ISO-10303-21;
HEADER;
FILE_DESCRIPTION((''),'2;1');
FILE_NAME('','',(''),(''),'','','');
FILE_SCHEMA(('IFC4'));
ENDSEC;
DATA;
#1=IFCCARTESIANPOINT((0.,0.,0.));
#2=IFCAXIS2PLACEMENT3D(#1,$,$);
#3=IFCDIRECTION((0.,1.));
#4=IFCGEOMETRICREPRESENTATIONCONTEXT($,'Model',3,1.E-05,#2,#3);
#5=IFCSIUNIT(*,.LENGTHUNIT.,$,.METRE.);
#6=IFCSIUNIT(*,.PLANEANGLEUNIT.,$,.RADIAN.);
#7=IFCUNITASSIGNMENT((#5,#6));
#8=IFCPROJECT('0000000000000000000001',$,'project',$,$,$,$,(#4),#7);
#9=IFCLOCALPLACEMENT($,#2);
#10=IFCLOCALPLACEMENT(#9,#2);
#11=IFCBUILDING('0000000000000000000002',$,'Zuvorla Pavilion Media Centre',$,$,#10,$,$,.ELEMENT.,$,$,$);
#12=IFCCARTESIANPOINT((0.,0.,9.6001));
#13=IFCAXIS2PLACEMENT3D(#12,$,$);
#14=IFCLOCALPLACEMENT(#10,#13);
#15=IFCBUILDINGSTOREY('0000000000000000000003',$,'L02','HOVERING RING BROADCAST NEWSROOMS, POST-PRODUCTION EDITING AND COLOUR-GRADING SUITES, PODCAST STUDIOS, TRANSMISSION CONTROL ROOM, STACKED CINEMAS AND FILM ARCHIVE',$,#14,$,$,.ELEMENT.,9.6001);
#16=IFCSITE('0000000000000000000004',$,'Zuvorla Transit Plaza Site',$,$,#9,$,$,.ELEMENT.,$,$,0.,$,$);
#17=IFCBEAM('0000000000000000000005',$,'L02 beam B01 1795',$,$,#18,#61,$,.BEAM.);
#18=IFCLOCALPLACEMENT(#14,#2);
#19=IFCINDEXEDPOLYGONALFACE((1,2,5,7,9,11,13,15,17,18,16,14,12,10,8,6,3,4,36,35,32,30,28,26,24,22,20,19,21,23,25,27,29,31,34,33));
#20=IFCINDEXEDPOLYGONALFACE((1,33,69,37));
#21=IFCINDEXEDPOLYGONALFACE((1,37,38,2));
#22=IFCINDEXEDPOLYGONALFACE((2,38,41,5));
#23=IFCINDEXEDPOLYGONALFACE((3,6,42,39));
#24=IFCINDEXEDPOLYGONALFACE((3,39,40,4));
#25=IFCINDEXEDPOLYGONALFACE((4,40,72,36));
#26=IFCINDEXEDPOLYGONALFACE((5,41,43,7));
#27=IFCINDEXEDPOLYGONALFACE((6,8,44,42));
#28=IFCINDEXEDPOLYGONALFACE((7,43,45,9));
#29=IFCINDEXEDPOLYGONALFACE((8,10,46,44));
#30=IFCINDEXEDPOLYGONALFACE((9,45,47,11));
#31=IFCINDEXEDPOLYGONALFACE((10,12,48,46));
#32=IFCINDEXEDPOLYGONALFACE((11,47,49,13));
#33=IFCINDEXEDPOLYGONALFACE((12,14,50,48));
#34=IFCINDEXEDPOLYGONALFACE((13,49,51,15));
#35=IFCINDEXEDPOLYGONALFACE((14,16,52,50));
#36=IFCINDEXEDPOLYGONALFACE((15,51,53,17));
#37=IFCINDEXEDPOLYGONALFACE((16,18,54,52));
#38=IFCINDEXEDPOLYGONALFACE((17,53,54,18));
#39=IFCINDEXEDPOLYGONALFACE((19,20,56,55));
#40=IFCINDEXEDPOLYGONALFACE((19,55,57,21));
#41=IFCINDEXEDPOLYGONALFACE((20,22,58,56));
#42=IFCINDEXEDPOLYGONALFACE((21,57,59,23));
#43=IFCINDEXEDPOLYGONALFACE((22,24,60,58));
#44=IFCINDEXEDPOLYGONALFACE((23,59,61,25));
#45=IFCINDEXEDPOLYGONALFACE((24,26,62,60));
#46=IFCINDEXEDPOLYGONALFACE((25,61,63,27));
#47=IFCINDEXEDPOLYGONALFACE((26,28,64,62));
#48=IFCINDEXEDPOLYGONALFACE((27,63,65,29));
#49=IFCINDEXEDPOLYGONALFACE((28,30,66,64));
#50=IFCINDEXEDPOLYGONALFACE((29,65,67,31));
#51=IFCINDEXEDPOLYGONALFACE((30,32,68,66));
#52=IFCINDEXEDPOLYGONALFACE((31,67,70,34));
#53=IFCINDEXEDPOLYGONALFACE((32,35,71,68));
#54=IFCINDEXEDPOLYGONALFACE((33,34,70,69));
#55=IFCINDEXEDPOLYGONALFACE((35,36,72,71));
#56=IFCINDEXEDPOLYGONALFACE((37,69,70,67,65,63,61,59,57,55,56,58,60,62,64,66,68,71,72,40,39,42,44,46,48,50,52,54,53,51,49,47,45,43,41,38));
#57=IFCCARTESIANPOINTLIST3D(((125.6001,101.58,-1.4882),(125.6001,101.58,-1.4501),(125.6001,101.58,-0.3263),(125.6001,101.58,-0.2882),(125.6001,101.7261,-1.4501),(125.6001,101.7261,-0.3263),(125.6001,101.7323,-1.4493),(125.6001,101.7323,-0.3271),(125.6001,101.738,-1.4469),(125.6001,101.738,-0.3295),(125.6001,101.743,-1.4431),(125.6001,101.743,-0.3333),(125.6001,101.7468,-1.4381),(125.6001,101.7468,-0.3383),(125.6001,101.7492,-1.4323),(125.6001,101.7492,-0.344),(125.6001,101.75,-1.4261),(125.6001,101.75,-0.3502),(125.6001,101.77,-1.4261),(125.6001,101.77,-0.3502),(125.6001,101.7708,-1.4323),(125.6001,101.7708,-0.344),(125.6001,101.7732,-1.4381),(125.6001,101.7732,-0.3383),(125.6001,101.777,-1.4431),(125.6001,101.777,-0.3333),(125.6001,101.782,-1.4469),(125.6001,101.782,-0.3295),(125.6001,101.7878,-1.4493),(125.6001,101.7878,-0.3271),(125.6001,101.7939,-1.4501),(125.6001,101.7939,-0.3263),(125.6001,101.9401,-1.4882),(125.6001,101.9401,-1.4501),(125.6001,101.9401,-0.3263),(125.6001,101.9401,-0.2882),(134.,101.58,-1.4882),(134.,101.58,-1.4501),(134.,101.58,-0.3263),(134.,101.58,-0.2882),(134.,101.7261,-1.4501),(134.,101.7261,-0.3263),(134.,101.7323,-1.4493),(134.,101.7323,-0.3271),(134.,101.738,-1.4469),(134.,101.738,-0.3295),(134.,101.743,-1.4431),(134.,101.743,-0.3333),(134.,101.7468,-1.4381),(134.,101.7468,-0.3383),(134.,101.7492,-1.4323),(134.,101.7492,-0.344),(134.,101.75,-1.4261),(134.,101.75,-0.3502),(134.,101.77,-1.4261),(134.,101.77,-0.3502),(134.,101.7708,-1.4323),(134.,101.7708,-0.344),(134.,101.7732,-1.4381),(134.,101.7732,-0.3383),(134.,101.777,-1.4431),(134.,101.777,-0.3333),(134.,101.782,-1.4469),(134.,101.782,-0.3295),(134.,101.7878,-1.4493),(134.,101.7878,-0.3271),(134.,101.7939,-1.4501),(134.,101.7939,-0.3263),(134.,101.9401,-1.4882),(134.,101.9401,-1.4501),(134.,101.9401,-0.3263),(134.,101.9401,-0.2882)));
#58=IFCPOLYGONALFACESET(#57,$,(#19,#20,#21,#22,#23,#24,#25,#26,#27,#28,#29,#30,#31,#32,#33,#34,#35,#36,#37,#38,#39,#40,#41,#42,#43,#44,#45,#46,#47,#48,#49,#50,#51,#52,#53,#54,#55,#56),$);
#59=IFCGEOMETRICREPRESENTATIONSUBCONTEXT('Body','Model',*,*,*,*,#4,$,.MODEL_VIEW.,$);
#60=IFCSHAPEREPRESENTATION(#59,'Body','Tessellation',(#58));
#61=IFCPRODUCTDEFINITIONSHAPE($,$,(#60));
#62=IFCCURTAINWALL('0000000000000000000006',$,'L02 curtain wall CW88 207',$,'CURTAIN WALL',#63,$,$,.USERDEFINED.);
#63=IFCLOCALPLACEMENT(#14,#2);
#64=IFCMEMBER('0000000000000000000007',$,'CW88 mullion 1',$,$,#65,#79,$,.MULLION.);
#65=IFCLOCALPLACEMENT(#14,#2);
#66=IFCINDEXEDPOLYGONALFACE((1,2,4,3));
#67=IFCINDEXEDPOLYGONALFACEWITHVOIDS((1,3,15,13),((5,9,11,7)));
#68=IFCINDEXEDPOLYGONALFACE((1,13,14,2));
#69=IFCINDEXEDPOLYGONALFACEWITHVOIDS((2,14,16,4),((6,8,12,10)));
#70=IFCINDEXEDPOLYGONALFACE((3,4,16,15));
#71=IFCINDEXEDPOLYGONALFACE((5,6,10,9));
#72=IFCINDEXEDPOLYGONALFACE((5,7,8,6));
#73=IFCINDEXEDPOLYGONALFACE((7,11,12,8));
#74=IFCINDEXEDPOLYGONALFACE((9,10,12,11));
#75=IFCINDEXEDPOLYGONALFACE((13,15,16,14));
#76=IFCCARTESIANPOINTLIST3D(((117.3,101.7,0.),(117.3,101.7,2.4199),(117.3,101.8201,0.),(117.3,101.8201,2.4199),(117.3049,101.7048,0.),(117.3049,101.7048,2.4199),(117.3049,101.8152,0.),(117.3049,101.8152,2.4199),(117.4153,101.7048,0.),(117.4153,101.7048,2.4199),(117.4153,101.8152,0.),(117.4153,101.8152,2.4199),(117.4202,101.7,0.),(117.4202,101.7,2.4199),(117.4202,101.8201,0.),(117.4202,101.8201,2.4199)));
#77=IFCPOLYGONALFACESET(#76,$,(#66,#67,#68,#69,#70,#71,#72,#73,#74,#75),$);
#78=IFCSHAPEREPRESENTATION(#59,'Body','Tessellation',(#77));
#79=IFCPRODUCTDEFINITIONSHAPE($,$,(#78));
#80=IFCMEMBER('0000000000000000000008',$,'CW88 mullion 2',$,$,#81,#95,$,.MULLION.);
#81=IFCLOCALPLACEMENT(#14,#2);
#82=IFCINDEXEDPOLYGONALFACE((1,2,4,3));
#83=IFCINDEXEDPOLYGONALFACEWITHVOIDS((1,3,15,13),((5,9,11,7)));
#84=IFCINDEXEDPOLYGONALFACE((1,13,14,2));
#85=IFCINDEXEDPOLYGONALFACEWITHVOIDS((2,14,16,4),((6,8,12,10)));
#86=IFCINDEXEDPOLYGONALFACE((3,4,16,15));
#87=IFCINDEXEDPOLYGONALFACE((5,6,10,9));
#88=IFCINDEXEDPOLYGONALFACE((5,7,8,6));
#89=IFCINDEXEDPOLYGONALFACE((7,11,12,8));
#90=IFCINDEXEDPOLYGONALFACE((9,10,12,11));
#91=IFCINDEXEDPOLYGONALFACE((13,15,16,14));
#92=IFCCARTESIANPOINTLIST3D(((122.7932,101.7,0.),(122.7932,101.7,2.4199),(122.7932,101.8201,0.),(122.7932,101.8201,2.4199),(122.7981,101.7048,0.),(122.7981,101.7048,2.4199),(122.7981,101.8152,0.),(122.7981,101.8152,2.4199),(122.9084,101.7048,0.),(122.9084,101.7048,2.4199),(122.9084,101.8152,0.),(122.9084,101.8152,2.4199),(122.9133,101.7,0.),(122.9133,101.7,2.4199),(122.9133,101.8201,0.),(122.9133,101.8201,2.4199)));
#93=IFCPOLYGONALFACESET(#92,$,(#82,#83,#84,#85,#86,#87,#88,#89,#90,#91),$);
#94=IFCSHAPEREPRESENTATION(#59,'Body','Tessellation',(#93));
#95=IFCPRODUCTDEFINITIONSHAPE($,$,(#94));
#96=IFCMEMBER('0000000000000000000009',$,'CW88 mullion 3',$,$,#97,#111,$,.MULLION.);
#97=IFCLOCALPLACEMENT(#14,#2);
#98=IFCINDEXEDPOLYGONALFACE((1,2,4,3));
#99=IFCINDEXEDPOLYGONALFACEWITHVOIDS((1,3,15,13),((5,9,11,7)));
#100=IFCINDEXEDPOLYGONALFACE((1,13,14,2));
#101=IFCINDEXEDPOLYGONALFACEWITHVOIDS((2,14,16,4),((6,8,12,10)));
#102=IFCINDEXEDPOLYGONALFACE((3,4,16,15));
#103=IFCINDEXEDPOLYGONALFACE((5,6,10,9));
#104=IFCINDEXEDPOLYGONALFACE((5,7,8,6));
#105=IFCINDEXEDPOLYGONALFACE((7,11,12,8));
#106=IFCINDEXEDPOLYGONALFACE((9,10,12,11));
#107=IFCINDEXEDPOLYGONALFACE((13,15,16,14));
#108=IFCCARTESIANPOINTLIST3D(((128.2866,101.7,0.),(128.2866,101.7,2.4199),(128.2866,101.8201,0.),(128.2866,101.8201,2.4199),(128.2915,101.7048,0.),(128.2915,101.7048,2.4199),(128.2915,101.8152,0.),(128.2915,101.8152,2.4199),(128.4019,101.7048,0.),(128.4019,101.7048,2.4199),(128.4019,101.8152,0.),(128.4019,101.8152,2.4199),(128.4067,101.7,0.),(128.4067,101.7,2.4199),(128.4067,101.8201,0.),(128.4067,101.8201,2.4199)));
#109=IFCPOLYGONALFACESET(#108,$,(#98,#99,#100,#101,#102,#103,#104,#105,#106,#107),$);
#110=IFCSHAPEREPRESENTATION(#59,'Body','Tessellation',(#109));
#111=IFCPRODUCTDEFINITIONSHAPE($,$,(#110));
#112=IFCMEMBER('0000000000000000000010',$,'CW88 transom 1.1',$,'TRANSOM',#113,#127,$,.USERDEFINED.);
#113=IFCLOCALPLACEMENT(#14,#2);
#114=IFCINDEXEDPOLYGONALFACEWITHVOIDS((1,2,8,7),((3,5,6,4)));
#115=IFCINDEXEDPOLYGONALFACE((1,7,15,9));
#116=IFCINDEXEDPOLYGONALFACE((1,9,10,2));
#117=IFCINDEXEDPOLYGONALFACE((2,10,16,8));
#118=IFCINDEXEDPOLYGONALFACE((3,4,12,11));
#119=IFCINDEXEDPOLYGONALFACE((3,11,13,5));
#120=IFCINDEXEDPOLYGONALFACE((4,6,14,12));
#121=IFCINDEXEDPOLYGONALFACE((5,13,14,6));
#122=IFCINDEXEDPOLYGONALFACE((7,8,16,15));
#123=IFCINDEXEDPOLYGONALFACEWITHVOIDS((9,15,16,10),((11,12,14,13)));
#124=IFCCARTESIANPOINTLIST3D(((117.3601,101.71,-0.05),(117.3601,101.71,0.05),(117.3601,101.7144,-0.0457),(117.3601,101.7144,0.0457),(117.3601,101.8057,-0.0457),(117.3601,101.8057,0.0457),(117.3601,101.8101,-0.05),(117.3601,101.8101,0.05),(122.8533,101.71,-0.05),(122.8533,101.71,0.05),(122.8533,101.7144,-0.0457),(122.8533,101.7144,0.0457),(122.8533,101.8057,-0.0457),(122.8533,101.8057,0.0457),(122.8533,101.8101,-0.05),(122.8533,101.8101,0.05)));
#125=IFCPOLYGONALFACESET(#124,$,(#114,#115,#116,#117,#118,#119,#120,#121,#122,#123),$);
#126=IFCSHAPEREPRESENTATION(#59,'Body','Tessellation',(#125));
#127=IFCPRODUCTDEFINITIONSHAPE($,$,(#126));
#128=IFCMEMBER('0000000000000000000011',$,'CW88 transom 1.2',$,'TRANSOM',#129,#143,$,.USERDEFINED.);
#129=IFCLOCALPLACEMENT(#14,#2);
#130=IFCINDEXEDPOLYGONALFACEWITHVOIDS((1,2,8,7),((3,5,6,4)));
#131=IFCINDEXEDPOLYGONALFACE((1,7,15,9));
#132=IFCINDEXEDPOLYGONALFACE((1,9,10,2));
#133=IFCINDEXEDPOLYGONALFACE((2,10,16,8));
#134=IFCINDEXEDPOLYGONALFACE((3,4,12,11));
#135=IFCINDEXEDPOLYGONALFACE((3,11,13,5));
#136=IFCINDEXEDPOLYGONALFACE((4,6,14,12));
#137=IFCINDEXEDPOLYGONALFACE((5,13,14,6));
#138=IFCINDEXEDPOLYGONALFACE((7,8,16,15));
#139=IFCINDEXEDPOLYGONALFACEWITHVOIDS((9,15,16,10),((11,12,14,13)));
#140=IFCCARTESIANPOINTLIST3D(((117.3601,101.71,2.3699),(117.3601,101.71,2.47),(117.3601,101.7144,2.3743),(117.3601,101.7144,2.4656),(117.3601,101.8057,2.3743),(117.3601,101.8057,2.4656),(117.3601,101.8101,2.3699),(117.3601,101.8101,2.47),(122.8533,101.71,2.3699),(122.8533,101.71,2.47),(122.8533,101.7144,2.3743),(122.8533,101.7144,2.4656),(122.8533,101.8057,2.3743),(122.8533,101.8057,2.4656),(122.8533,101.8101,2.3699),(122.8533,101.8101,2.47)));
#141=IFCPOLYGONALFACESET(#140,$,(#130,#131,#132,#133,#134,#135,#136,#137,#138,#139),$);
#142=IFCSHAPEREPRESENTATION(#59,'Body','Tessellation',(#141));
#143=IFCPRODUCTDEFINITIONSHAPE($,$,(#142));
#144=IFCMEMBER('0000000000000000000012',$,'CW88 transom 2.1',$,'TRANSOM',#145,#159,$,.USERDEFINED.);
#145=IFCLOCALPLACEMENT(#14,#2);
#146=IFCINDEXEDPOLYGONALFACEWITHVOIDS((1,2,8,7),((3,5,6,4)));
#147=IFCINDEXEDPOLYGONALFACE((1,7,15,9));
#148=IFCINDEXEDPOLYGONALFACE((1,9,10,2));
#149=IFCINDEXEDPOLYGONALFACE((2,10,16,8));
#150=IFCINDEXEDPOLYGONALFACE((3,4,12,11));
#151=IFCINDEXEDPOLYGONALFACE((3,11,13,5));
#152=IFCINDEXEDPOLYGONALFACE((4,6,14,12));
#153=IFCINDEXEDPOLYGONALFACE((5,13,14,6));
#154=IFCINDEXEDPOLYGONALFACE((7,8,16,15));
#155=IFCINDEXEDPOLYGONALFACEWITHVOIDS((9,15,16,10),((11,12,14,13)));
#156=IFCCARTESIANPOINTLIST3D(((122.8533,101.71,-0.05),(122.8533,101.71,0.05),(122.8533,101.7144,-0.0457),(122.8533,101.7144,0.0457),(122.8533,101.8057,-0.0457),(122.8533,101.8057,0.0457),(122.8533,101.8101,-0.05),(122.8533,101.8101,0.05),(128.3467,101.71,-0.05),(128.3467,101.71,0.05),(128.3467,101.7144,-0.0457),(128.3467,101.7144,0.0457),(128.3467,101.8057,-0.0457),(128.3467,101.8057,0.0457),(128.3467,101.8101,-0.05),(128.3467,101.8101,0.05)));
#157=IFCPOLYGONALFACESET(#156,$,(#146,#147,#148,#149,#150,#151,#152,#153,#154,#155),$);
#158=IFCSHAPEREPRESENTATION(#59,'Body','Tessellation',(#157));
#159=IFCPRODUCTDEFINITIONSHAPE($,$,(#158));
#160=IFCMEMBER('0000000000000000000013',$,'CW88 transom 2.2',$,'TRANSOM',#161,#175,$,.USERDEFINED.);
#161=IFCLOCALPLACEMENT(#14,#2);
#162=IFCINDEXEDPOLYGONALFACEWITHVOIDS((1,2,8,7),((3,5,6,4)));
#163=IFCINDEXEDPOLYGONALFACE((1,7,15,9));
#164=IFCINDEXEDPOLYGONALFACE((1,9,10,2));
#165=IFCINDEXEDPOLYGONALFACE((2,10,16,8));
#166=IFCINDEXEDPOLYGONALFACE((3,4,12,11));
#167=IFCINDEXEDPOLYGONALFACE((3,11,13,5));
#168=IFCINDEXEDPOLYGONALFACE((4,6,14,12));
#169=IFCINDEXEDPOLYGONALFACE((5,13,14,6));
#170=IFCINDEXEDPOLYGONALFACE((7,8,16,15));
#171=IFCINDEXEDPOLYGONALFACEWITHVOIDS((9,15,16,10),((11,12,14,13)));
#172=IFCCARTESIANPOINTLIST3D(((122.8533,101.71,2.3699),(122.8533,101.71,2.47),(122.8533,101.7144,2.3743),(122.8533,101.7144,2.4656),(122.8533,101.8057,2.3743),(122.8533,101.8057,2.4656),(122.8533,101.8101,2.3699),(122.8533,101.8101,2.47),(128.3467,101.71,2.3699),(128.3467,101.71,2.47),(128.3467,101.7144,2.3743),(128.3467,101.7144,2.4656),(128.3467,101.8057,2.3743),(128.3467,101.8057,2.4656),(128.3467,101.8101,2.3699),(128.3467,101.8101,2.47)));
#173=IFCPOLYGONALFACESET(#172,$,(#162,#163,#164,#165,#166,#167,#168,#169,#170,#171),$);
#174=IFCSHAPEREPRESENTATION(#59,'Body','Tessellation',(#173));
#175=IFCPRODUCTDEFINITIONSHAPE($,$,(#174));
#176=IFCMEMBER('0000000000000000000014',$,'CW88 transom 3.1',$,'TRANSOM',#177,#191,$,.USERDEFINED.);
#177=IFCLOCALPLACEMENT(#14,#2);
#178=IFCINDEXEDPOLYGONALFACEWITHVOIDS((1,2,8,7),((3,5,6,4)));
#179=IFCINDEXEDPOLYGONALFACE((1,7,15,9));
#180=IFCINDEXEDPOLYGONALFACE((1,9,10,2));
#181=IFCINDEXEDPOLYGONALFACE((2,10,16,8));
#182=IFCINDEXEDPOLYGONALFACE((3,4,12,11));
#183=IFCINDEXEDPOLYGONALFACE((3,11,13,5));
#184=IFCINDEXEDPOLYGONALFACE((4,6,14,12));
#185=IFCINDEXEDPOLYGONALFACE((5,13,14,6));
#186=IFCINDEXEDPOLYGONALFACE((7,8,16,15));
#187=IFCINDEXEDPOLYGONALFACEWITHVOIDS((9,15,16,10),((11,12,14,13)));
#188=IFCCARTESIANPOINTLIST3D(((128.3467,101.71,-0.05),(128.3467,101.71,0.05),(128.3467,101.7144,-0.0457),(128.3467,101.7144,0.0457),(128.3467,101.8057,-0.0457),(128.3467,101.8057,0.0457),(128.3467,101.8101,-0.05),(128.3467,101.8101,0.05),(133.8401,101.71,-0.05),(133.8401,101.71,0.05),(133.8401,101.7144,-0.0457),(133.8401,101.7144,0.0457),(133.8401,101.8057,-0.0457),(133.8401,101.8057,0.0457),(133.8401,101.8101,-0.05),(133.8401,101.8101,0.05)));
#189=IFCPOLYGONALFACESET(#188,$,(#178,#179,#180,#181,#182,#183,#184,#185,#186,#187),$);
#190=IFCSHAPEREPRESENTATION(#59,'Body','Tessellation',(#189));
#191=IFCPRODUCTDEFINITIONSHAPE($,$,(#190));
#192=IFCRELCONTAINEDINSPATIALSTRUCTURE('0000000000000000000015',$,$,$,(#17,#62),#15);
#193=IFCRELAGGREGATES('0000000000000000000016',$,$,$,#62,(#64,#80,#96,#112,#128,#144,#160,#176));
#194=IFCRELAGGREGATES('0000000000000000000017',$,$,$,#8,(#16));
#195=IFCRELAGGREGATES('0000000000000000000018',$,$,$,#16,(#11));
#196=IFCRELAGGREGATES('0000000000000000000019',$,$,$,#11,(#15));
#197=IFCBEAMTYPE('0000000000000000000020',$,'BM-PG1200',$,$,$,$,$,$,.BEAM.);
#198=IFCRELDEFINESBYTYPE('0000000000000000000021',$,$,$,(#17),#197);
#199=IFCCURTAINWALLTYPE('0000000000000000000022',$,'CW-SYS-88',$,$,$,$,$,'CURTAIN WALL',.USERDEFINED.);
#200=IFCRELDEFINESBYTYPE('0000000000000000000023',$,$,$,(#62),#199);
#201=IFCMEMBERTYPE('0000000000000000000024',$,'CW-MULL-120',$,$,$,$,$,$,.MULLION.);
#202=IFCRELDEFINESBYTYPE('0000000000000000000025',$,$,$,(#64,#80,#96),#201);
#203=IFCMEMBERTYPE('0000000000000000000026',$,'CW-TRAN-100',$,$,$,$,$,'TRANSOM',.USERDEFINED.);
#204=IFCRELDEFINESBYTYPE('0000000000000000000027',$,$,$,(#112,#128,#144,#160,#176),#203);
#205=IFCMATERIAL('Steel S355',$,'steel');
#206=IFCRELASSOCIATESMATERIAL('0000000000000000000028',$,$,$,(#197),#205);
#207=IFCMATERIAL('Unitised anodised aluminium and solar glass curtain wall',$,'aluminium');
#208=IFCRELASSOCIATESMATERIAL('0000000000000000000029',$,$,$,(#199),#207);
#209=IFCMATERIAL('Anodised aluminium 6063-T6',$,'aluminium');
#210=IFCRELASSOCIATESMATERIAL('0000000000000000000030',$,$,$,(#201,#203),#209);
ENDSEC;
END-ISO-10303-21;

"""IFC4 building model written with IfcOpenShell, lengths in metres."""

from ifc_helpers import new_model, si_unit, direction, frame, origin, origin_2d, place, context, subcontext, project, spatial, hollow_rectangle, i_section, extrude, material, material_profile, profile_set, type_object, element, aggregate, save


model = new_model("IFC4")

# Units and contexts
model_context = context("Model", 3, precision=1e-05, world=origin(), true_north=direction((0.0, 1.0)))
body_context = subcontext(model_context, "Body", "Model", "MODEL_VIEW")
ifc_project = project(units=[si_unit("LENGTHUNIT", "METRE"), si_unit("PLANEANGLEUNIT", "RADIAN")], contexts=[model_context])

# Site, building, storey
site_placement = place(None, origin())
site = spatial("IfcSite", under=ifc_project, at=site_placement, Name="Zuvorla Transit Plaza Site", CompositionType="ELEMENT", RefElevation=0.0)
building_placement = place(site_placement, origin())
building = spatial("IfcBuilding", under=site, at=building_placement, Name="Zuvorla Pavilion Media Centre", CompositionType="ELEMENT")
storey_placement = place(building_placement, frame((0.0, 0.0, 9.6001)))
storey = spatial("IfcBuildingStorey", under=building, at=storey_placement, Name="L02", Description="HOVERING RING BROADCAST NEWSROOMS, POST-PRODUCTION EDITING AND COLOUR-GRADING SUITES, PODCAST STUDIOS, TRANSMISSION CONTROL ROOM, STACKED CINEMAS AND FILM ARCHIVE", CompositionType="ELEMENT", Elevation=9.6001)

# Beam
ifc_material_1 = material(Name="Steel S355", Category="steel")
ifc_material_profile_1 = material_profile(ifc_material_1, i_section(OverallWidth=0.3601, OverallDepth=1.2, WebThickness=0.02, FlangeThickness=0.0381, FilletRadius=0.0239, at=origin_2d()), Name="PG 1200x360x38")
ifc_profile_set_1 = profile_set([ifc_material_profile_1], Name="Steel S355")
beam_type = type_object("IfcBeamType", Name="BM-PG1200", PredefinedType="BEAM", material=ifc_profile_set_1)
beam_placement = place(storey_placement, frame((125.6001, 101.76, -0.8882), z_axis=(1.0, 0.0, 0.0), x_axis=(0.0, 1.0, 0.0)))
element("IfcBeam", 1, at=beam_placement, inside=storey, type_object=beam_type, Name="L02 beam B01 1795", PredefinedType="BEAM", context=body_context, shape_type="SweptSolid", body=[
    extrude(i_section(OverallWidth=0.3601, OverallDepth=1.2, WebThickness=0.02, FlangeThickness=0.0381, FilletRadius=0.0239, at=origin_2d()), origin(), (0.0, 0.0, 1.0), 8.3999),
])

# Curtain wall, members
ifc_material_2 = material(Name="Unitised anodised aluminium and solar glass curtain wall", Category="aluminium")
curtain_wall_type = type_object("IfcCurtainWallType", Name="CW-SYS-88", ElementType="CURTAIN WALL", PredefinedType="USERDEFINED", material=ifc_material_2)
curtain_wall_placement = place(storey_placement, origin())
curtain_wall = element("IfcCurtainWall", 2, at=curtain_wall_placement, inside=storey, type_object=curtain_wall_type, Name="L02 curtain wall CW88 207", ObjectType="CURTAIN WALL", PredefinedType="USERDEFINED")
ifc_material_3 = material(Name="Anodised aluminium 6063-T6", Category="aluminium")
ifc_material_profile_2 = material_profile(ifc_material_3, hollow_rectangle(XDim=0.1201, YDim=0.1201, WallThickness=0.0049, at=origin_2d()), Name="ALU MULL 120x120")
ifc_profile_set_2 = profile_set([ifc_material_profile_2], Name="Anodised aluminium 6063-T6")
member_type_1 = type_object("IfcMemberType", Name="CW-MULL-120", PredefinedType="MULLION", material=ifc_profile_set_2)
member_1_placement = place(storey_placement, frame((117.3601, 101.76, 0.0), z_axis=(0.0, 0.0, 1.0), x_axis=(1.0, 0.0, 0.0)))
member_1 = element("IfcMember", 3, at=member_1_placement, type_object=member_type_1, Name="CW88 mullion 1", PredefinedType="MULLION", context=body_context, shape_type="SweptSolid", body=[
    extrude(hollow_rectangle(XDim=0.1201, YDim=0.1201, WallThickness=0.0049, at=origin_2d()), origin(), (0.0, 0.0, 1.0), 2.4199),
])
member_2_placement = place(storey_placement, frame((122.8533, 101.76, 0.0), z_axis=(0.0, 0.0, 1.0), x_axis=(1.0, 0.0, 0.0)))
member_2 = element("IfcMember", 4, at=member_2_placement, type_object=member_type_1, Name="CW88 mullion 2", PredefinedType="MULLION", context=body_context, shape_type="SweptSolid", body=[
    extrude(hollow_rectangle(XDim=0.1201, YDim=0.1201, WallThickness=0.0049, at=origin_2d()), origin(), (0.0, 0.0, 1.0), 2.4199),
])
member_3_placement = place(storey_placement, frame((128.3467, 101.76, 0.0), z_axis=(0.0, 0.0, 1.0), x_axis=(1.0, 0.0, 0.0)))
member_3 = element("IfcMember", 5, at=member_3_placement, type_object=member_type_1, Name="CW88 mullion 3", PredefinedType="MULLION", context=body_context, shape_type="SweptSolid", body=[
    extrude(hollow_rectangle(XDim=0.1201, YDim=0.1201, WallThickness=0.0049, at=origin_2d()), origin(), (0.0, 0.0, 1.0), 2.4199),
])
ifc_material_profile_3 = material_profile(ifc_material_3, hollow_rectangle(XDim=0.1001, YDim=0.1001, WallThickness=0.0044, at=origin_2d()), Name="ALU TRAN 100x100")
ifc_profile_set_3 = profile_set([ifc_material_profile_3], Name="Anodised aluminium 6063-T6")
member_type_2 = type_object("IfcMemberType", Name="CW-TRAN-100", ElementType="TRANSOM", PredefinedType="USERDEFINED", material=ifc_profile_set_3)
member_4_placement = place(storey_placement, frame((117.3601, 101.76, 0.0), z_axis=(1.0, 0.0, 0.0), x_axis=(0.0, 1.0, 0.0)))
member_4 = element("IfcMember", 6, at=member_4_placement, type_object=member_type_2, Name="CW88 transom 1.1", ObjectType="TRANSOM", PredefinedType="USERDEFINED", context=body_context, shape_type="SweptSolid", body=[
    extrude(hollow_rectangle(XDim=0.1001, YDim=0.1001, WallThickness=0.0044, at=origin_2d()), origin(), (0.0, 0.0, 1.0), 5.4932),
])
member_5_placement = place(storey_placement, frame((117.3601, 101.76, 2.4199), z_axis=(1.0, 0.0, 0.0), x_axis=(0.0, 1.0, 0.0)))
member_5 = element("IfcMember", 7, at=member_5_placement, type_object=member_type_2, Name="CW88 transom 1.2", ObjectType="TRANSOM", PredefinedType="USERDEFINED", context=body_context, shape_type="SweptSolid", body=[
    extrude(hollow_rectangle(XDim=0.1001, YDim=0.1001, WallThickness=0.0044, at=origin_2d()), origin(), (0.0, 0.0, 1.0), 5.4932),
])
member_6_placement = place(storey_placement, frame((122.8533, 101.76, 0.0), z_axis=(1.0, 0.0, 0.0), x_axis=(0.0, 1.0, 0.0)))
member_6 = element("IfcMember", 8, at=member_6_placement, type_object=member_type_2, Name="CW88 transom 2.1", ObjectType="TRANSOM", PredefinedType="USERDEFINED", context=body_context, shape_type="SweptSolid", body=[
    extrude(hollow_rectangle(XDim=0.1001, YDim=0.1001, WallThickness=0.0044, at=origin_2d()), origin(), (0.0, 0.0, 1.0), 5.4934),
])
member_7_placement = place(storey_placement, frame((122.8533, 101.76, 2.4199), z_axis=(1.0, 0.0, 0.0), x_axis=(0.0, 1.0, 0.0)))
member_7 = element("IfcMember", 9, at=member_7_placement, type_object=member_type_2, Name="CW88 transom 2.2", ObjectType="TRANSOM", PredefinedType="USERDEFINED", context=body_context, shape_type="SweptSolid", body=[
    extrude(hollow_rectangle(XDim=0.1001, YDim=0.1001, WallThickness=0.0044, at=origin_2d()), origin(), (0.0, 0.0, 1.0), 5.4934),
])
member_8_placement = place(storey_placement, frame((128.3467, 101.76, 0.0), z_axis=(1.0, 0.0, 0.0), x_axis=(0.0, 1.0, 0.0)))
member_8 = element("IfcMember", 10, at=member_8_placement, type_object=member_type_2, Name="CW88 transom 3.1", ObjectType="TRANSOM", PredefinedType="USERDEFINED", context=body_context, shape_type="SweptSolid", body=[
    extrude(hollow_rectangle(XDim=0.1001, YDim=0.1001, WallThickness=0.0044, at=origin_2d()), origin(), (0.0, 0.0, 1.0), 5.4934),
])

aggregate(curtain_wall, [member_1, member_2, member_3, member_4, member_5, member_6, member_7, member_8])

save(model, "model.ifc")
